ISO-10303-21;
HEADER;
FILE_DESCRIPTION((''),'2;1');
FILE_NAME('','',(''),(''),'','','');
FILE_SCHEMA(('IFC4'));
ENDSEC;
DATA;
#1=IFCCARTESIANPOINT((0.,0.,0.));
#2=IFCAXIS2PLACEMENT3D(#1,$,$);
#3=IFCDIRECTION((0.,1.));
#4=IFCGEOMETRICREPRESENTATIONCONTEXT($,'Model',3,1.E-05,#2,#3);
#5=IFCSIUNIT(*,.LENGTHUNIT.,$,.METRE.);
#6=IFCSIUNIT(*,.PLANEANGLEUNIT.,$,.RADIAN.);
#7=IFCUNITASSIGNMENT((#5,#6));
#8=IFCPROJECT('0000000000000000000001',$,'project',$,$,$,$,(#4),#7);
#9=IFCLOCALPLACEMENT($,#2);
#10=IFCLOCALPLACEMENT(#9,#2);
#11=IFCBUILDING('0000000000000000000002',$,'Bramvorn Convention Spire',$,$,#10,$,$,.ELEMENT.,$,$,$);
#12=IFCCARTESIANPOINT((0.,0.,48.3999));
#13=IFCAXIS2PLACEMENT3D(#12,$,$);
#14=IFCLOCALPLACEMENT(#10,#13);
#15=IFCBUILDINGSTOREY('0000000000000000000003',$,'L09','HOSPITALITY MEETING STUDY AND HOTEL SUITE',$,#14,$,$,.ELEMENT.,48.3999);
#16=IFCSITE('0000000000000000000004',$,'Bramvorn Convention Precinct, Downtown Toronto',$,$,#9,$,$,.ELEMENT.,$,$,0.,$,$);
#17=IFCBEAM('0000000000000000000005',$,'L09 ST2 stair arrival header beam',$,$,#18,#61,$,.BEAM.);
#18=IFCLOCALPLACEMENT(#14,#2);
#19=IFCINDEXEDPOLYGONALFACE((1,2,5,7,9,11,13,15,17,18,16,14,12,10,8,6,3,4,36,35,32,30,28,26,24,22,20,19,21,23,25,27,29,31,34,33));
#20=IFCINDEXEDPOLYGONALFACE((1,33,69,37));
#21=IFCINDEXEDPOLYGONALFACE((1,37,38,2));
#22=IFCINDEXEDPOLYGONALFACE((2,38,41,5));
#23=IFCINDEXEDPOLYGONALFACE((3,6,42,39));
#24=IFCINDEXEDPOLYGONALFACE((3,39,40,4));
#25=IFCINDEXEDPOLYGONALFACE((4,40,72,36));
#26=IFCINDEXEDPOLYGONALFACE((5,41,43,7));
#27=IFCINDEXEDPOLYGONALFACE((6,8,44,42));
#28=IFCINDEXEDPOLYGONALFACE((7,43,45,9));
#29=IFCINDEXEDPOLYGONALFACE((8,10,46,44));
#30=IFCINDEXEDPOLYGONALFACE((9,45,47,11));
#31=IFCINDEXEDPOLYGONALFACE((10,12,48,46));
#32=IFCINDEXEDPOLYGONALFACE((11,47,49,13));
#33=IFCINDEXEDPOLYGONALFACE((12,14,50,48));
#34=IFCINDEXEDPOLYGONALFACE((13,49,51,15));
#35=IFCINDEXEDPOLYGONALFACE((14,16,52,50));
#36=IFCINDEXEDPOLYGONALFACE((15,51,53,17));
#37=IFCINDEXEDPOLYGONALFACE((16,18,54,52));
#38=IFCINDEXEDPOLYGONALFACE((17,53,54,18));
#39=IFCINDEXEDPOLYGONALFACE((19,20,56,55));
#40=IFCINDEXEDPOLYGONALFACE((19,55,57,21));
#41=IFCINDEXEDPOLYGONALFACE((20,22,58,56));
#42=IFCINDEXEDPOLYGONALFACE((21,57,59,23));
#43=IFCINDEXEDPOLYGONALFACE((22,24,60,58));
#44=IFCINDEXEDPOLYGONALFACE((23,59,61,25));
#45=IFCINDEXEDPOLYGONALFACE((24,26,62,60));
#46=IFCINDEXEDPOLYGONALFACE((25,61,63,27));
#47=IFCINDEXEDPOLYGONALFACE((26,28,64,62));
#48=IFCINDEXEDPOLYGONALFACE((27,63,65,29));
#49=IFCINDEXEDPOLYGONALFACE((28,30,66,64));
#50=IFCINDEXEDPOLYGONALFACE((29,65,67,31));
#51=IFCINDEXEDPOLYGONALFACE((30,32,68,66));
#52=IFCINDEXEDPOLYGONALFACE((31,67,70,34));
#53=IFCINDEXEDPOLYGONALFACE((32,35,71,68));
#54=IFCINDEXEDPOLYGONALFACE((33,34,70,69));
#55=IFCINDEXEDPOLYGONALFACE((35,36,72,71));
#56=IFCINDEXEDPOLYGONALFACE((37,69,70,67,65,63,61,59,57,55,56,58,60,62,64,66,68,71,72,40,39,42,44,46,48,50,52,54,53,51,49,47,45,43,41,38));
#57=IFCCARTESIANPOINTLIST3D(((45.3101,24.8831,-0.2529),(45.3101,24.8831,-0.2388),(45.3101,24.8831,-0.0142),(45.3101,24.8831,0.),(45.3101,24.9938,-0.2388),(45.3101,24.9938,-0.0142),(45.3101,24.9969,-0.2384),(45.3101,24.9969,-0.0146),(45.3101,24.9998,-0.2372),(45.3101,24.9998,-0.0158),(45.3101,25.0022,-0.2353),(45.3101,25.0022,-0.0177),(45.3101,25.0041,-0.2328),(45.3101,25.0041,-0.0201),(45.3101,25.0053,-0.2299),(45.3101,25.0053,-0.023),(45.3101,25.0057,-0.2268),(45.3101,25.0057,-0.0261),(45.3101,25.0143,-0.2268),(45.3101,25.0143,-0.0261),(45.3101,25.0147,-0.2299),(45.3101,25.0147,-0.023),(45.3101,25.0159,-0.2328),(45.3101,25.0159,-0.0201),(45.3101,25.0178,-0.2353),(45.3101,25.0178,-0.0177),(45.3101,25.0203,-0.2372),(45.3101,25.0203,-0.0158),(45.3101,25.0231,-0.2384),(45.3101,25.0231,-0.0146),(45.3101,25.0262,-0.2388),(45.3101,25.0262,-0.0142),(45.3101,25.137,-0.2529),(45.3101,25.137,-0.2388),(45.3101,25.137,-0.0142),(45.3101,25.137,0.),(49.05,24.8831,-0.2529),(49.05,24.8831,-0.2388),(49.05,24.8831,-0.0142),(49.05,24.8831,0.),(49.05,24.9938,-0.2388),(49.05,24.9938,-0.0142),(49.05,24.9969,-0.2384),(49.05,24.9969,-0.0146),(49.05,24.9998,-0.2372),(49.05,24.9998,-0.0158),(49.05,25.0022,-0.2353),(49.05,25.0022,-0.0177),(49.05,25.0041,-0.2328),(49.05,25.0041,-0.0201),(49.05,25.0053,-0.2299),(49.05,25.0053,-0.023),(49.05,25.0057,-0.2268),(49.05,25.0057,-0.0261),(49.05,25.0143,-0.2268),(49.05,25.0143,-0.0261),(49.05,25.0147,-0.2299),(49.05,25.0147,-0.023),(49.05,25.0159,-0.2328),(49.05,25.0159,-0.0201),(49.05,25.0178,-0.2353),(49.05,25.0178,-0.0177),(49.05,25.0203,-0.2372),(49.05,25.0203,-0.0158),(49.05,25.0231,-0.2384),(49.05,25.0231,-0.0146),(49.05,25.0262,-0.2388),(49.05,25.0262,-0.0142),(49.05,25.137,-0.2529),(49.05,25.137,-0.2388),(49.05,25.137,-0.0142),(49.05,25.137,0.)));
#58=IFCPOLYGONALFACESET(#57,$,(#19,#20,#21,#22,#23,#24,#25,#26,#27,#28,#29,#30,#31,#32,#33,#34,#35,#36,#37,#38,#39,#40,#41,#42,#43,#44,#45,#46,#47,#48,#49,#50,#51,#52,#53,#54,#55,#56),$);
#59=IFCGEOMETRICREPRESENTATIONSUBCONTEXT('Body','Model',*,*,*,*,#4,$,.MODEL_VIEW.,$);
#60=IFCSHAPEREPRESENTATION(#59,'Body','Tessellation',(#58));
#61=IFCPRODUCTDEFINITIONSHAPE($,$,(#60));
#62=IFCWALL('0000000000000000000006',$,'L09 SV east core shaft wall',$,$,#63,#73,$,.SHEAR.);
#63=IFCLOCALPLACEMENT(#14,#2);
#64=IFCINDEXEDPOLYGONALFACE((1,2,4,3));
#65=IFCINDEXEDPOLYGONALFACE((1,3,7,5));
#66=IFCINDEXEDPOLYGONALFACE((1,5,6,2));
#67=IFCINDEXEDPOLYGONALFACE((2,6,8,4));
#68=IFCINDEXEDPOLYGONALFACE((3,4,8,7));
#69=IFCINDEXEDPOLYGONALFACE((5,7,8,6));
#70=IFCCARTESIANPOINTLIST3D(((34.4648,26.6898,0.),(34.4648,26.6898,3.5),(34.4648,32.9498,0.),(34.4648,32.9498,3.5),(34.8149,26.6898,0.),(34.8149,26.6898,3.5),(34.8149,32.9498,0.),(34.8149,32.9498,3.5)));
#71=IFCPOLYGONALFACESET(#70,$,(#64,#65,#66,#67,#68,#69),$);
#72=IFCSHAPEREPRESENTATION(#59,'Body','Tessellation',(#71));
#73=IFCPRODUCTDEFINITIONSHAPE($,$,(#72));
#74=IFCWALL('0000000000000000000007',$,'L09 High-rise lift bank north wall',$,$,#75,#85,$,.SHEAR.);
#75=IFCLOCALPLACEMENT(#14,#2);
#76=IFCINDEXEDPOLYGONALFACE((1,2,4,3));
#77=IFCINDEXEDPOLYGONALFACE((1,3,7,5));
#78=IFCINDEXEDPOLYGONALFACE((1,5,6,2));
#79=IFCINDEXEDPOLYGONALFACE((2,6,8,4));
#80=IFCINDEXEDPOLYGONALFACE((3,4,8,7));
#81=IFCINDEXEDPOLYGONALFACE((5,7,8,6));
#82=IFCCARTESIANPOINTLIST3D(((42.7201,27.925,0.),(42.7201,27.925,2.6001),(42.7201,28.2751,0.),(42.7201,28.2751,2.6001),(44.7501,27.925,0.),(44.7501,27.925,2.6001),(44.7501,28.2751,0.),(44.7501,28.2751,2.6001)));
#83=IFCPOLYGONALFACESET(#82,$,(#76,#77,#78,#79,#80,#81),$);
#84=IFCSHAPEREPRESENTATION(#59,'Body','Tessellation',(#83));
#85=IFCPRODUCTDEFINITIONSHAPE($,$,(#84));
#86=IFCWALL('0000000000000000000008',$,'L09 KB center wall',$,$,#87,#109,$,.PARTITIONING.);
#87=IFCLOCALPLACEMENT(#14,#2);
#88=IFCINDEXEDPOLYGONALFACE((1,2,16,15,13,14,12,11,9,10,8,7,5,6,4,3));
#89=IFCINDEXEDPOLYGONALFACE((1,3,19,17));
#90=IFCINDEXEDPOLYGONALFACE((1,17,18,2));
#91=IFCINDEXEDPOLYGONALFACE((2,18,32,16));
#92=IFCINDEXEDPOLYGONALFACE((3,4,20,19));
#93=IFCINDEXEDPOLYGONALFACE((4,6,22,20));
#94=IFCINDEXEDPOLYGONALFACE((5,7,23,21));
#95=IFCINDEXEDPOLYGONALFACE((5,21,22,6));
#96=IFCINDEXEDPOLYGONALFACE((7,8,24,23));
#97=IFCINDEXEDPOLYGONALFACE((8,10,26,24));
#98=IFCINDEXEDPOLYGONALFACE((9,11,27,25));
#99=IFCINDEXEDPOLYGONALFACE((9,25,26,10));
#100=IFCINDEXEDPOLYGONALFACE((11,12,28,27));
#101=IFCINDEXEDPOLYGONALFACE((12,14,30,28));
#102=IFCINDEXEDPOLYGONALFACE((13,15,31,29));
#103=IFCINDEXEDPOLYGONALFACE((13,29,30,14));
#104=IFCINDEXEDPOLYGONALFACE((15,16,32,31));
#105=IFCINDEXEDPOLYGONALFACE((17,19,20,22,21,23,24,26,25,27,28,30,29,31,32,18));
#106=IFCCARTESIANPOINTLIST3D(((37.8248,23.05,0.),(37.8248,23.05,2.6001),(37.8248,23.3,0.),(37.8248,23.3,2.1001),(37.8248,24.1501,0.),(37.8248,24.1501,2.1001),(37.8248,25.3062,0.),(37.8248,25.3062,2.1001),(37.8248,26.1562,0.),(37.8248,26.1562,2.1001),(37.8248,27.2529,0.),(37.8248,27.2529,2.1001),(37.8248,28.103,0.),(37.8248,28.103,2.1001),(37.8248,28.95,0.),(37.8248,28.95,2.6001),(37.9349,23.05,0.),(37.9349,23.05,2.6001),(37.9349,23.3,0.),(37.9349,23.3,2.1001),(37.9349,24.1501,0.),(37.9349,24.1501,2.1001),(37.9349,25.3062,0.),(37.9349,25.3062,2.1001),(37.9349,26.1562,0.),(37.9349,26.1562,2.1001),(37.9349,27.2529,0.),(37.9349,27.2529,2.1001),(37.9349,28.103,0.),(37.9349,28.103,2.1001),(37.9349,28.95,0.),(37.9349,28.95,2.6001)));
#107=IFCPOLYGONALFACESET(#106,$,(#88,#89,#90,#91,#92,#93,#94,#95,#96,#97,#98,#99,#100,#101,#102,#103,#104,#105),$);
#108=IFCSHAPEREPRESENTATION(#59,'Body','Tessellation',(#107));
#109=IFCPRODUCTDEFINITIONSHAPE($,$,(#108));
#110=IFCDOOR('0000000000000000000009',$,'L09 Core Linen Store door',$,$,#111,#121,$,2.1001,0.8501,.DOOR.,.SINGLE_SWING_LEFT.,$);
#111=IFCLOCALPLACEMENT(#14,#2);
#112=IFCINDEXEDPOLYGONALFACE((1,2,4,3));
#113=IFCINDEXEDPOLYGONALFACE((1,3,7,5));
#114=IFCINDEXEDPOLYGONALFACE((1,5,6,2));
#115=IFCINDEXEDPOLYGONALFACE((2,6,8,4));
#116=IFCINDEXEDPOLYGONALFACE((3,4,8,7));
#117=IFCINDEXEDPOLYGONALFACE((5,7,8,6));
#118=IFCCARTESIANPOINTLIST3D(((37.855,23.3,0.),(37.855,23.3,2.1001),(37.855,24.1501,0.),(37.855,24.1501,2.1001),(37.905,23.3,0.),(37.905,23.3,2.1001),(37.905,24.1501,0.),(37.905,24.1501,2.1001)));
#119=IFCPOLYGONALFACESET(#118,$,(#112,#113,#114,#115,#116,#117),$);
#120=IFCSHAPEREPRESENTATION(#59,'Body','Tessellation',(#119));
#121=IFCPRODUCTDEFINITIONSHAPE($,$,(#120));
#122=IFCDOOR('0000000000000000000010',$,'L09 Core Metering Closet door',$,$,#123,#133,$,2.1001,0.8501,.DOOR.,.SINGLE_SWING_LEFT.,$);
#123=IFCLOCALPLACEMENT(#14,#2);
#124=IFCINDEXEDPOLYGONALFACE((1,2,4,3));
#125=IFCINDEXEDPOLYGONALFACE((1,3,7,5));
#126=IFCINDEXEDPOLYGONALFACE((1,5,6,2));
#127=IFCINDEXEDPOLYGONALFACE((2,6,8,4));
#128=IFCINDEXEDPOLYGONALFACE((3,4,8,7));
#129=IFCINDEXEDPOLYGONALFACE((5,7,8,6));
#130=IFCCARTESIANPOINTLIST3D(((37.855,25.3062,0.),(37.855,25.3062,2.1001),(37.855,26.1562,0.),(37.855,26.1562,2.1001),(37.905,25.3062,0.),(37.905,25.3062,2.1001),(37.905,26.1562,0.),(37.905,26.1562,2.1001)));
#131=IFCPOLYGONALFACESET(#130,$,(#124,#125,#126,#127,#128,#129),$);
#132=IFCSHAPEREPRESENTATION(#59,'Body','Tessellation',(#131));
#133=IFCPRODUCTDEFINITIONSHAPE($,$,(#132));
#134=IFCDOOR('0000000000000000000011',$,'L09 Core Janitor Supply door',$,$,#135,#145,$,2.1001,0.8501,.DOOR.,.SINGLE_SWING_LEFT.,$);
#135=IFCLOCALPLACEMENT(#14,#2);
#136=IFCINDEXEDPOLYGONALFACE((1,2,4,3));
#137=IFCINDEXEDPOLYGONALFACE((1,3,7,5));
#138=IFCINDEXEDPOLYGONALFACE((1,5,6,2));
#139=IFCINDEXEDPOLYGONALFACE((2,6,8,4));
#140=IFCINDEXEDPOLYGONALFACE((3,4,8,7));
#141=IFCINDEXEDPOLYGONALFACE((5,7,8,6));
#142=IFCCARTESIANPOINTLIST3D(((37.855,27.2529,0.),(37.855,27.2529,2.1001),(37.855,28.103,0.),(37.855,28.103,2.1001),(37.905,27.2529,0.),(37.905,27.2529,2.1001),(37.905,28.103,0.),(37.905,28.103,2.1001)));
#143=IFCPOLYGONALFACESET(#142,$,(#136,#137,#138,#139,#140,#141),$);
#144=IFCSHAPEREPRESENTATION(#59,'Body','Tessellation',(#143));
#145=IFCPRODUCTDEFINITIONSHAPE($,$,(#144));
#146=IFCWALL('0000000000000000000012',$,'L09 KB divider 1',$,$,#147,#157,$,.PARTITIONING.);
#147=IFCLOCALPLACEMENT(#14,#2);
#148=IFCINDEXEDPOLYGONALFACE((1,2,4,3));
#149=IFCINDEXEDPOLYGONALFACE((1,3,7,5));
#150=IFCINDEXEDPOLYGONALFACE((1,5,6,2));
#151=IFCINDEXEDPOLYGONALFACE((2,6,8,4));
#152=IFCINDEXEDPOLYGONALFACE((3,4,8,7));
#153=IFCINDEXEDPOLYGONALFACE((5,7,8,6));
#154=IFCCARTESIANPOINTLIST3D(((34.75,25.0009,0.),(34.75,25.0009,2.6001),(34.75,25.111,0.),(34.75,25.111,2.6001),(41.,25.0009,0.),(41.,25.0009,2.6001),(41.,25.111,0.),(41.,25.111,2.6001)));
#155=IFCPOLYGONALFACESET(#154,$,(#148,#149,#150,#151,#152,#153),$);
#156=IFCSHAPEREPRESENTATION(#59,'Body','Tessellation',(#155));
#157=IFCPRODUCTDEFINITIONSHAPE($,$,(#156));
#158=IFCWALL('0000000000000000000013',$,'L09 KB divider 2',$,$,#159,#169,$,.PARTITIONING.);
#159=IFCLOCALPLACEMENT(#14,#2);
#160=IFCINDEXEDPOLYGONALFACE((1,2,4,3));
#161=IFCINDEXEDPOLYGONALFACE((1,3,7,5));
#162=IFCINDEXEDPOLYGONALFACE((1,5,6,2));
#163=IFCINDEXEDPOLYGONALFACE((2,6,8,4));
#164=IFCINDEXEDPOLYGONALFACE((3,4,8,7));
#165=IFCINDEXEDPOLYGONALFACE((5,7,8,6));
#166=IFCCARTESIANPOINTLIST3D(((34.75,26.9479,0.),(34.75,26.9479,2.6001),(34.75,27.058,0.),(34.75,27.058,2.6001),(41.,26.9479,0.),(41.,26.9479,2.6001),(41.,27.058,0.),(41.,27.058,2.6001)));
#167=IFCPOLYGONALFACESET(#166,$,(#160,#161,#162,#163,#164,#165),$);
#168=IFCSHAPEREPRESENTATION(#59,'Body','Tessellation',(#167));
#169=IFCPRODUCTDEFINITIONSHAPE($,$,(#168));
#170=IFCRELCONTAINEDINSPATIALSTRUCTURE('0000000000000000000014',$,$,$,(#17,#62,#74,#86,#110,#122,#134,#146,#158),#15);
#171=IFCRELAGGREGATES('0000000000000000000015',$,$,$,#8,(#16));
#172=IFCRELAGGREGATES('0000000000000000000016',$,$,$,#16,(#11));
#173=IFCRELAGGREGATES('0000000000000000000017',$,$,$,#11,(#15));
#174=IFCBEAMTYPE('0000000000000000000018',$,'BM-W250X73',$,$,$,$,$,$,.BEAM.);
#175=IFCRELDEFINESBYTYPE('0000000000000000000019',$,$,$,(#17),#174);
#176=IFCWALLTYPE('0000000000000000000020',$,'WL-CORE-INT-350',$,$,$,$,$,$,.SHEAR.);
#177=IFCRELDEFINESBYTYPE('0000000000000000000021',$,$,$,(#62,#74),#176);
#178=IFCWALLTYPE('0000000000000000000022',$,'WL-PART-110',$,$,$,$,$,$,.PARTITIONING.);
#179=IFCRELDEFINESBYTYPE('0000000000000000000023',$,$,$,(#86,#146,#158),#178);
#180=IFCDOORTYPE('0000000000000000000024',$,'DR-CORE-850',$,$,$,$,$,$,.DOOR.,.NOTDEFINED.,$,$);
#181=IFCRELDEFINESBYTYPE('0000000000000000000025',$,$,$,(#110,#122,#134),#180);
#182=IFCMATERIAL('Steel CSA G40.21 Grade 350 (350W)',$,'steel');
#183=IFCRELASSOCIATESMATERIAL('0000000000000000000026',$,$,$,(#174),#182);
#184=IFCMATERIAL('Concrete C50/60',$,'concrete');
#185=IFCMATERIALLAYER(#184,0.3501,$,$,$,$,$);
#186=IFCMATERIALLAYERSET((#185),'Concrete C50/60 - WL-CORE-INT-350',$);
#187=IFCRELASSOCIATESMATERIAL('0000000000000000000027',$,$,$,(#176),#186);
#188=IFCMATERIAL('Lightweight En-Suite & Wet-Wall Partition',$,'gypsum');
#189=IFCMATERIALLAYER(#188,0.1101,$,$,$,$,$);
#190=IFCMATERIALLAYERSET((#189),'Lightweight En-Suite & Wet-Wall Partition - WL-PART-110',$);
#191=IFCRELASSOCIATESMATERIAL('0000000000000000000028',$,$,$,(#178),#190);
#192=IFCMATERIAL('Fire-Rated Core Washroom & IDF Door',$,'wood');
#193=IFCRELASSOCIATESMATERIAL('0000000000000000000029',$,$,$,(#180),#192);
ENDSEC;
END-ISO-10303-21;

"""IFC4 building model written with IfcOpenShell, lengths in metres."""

from ifc_helpers import new_model, si_unit, direction, frame, frame_2d, origin, origin_2d, place, context, subcontext, project, spatial, rectangle, i_section, extrude, material, layer, layer_set, material_profile, profile_set, type_object, element, fill, save


model = new_model("IFC4")

# Units and contexts
model_context = context("Model", 3, precision=1e-05, world=origin(), true_north=direction((0.0, 1.0)))
body_context = subcontext(model_context, "Body", "Model", "MODEL_VIEW")
ifc_project = project(units=[si_unit("LENGTHUNIT", "METRE"), si_unit("PLANEANGLEUNIT", "RADIAN")], contexts=[model_context])

# Site, building, storey
site_placement = place(None, origin())
site = spatial("IfcSite", under=ifc_project, at=site_placement, Name="Bramvorn Convention Precinct, Downtown Toronto", CompositionType="ELEMENT", RefElevation=0.0)
building_placement = place(site_placement, origin())
building = spatial("IfcBuilding", under=site, at=building_placement, Name="Bramvorn Convention Spire", CompositionType="ELEMENT")
storey_placement = place(building_placement, frame((0.0, 0.0, 48.3999)))
storey = spatial("IfcBuildingStorey", under=building, at=storey_placement, Name="L09", Description="HOSPITALITY MEETING STUDY AND HOTEL SUITE", CompositionType="ELEMENT", Elevation=48.3999)

# Beam
ifc_material_1 = material(Name="Steel CSA G40.21 Grade 350 (350W)", Category="steel")
ifc_material_profile = material_profile(ifc_material_1, i_section(OverallWidth=0.2539, OverallDepth=0.2529, WebThickness=0.0085, FlangeThickness=0.0142, FilletRadius=0.012, at=origin_2d()))
ifc_profile_set = profile_set([ifc_material_profile], Name="Steel CSA G40.21 Grade 350 (350W) - W250X73")
beam_type = type_object("IfcBeamType", Name="BM-W250X73", PredefinedType="BEAM", material=ifc_profile_set)
beam_placement = place(storey_placement, frame((45.3101, 25.01, -0.1265), z_axis=(1.0, 0.0, 0.0), x_axis=(0.0, 1.0, 0.0)))
element("IfcBeam", 1, at=beam_placement, inside=storey, type_object=beam_type, Name="L09 ST2 stair arrival header beam", PredefinedType="BEAM", context=body_context, shape_type="SweptSolid", body=[
    extrude(i_section(OverallWidth=0.2539, OverallDepth=0.2529, WebThickness=0.0085, FlangeThickness=0.0142, FilletRadius=0.012, at=origin_2d()), origin(), (0.0, 0.0, 1.0), 3.74),
])

# Walls
ifc_material_2 = material(Name="Concrete C50/60", Category="concrete")
ifc_layer_1 = layer(ifc_material_2, 0.3501)
ifc_layer_set_1 = layer_set([ifc_layer_1], Name="Concrete C50/60 - WL-CORE-INT-350")
wall_type_1 = type_object("IfcWallType", Name="WL-CORE-INT-350", PredefinedType="SHEAR", material=ifc_layer_set_1)
wall_1_placement = place(storey_placement, frame((34.6399, 26.6899, 0.0), z_axis=(0.0, 0.0, 1.0), x_axis=(0.0, 1.0, 0.0)))
element("IfcWall", 2, at=wall_1_placement, inside=storey, type_object=wall_type_1, Name="L09 SV east core shaft wall", PredefinedType="SHEAR", context=body_context, shape_type="SweptSolid", body=[
    extrude(rectangle(XDim=6.26, YDim=0.3501, at=frame_2d((3.1299, 0.0))), origin(), (0.0, 0.0, 1.0), 3.5),
])
wall_2_placement = place(storey_placement, frame((42.72, 28.1001, 0.0), z_axis=(0.0, 0.0, 1.0), x_axis=(1.0, 0.0, 0.0)))
element("IfcWall", 3, at=wall_2_placement, inside=storey, type_object=wall_type_1, Name="L09 High-rise lift bank north wall", PredefinedType="SHEAR", context=body_context, shape_type="SweptSolid", body=[
    extrude(rectangle(XDim=2.03, YDim=0.3501, at=frame_2d((1.0151, 0.0))), origin(), (0.0, 0.0, 1.0), 2.6001),
])

# Wall, openings, doors
ifc_material_3 = material(Name="Lightweight En-Suite & Wet-Wall Partition", Category="gypsum")
ifc_layer_2 = layer(ifc_material_3, 0.1101)
ifc_layer_set_2 = layer_set([ifc_layer_2], Name="Lightweight En-Suite & Wet-Wall Partition - WL-PART-110")
wall_type_2 = type_object("IfcWallType", Name="WL-PART-110", PredefinedType="PARTITIONING", material=ifc_layer_set_2)
wall_3_placement = place(storey_placement, frame((37.8799, 23.05, 0.0), z_axis=(0.0, 0.0, 1.0), x_axis=(0.0, 1.0, 0.0)))
wall_3 = element("IfcWall", 4, at=wall_3_placement, inside=storey, type_object=wall_type_2, Name="L09 KB center wall", PredefinedType="PARTITIONING", context=body_context, shape_type="SweptSolid", body=[
    extrude(rectangle(XDim=5.8999, YDim=0.1101, at=frame_2d((2.95, 0.0))), origin(), (0.0, 0.0, 1.0), 2.6001),
])
opening_1_placement = place(wall_3_placement, frame((0.25, 0.0, 0.0)))
opening_1 = element("IfcOpeningElement", 5, at=opening_1_placement, cuts=wall_3, PredefinedType="OPENING", context=body_context, shape_type="SweptSolid", body=[
    extrude(rectangle(XDim=0.8501, YDim=2.1001, at=frame_2d((0.425, 1.05))), frame((0.0, 0.0649, 0.0), z_axis=(0.0, -1.0, 0.0), x_axis=(1.0, 0.0, 0.0)), (0.0, 0.0, 1.0), 0.1301),
])
opening_2_placement = place(wall_3_placement, frame((2.2561, 0.0, 0.0)))
opening_2 = element("IfcOpeningElement", 6, at=opening_2_placement, cuts=wall_3, PredefinedType="OPENING", context=body_context, shape_type="SweptSolid", body=[
    extrude(rectangle(XDim=0.8501, YDim=2.1001, at=frame_2d((0.425, 1.05))), frame((0.0, 0.0649, 0.0), z_axis=(0.0, -1.0, 0.0), x_axis=(1.0, 0.0, 0.0)), (0.0, 0.0, 1.0), 0.1301),
])
opening_3_placement = place(wall_3_placement, frame((4.2029, 0.0, 0.0)))
opening_3 = element("IfcOpeningElement", 7, at=opening_3_placement, cuts=wall_3, PredefinedType="OPENING", context=body_context, shape_type="SweptSolid", body=[
    extrude(rectangle(XDim=0.8501, YDim=2.1001, at=frame_2d((0.425, 1.05))), frame((0.0, 0.0649, 0.0), z_axis=(0.0, -1.0, 0.0), x_axis=(1.0, 0.0, 0.0)), (0.0, 0.0, 1.0), 0.1301),
])
ifc_material_4 = material(Name="Fire-Rated Core Washroom & IDF Door", Category="wood")
door_type_1 = type_object("IfcDoorType", Name="DR-CORE-850", OperationType="NOTDEFINED", PredefinedType="DOOR", material=ifc_material_4)
door_1_placement = place(opening_1_placement, origin())
door_1 = element("IfcDoor", 8, at=door_1_placement, inside=storey, type_object=door_type_1, Name="L09 Core Linen Store door", OperationType="SINGLE_SWING_LEFT", OverallHeight=2.1001, OverallWidth=0.8501, PredefinedType="DOOR", context=body_context, shape_type="SweptSolid", body=[
    extrude(rectangle(XDim=0.8501, YDim=2.1001, at=frame_2d((0.425, 1.05))), frame((0.0, 0.0249, 0.0), z_axis=(0.0, -1.0, 0.0), x_axis=(1.0, 0.0, 0.0)), (0.0, 0.0, 1.0), 0.05),
])
fill(opening_1, door_1)
door_2_placement = place(opening_2_placement, origin())
door_2 = element("IfcDoor", 9, at=door_2_placement, inside=storey, type_object=door_type_1, Name="L09 Core Metering Closet door", OperationType="SINGLE_SWING_LEFT", OverallHeight=2.1001, OverallWidth=0.8501, PredefinedType="DOOR", context=body_context, shape_type="SweptSolid", body=[
    extrude(rectangle(XDim=0.8501, YDim=2.1001, at=frame_2d((0.425, 1.05))), frame((0.0, 0.0249, 0.0), z_axis=(0.0, -1.0, 0.0), x_axis=(1.0, 0.0, 0.0)), (0.0, 0.0, 1.0), 0.05),
])
fill(opening_2, door_2)
door_3_placement = place(opening_3_placement, origin())
door_3 = element("IfcDoor", 10, at=door_3_placement, inside=storey, type_object=door_type_1, Name="L09 Core Janitor Supply door", OperationType="SINGLE_SWING_LEFT", OverallHeight=2.1001, OverallWidth=0.8501, PredefinedType="DOOR", context=body_context, shape_type="SweptSolid", body=[
    extrude(rectangle(XDim=0.8501, YDim=2.1001, at=frame_2d((0.425, 1.05))), frame((0.0, 0.0249, 0.0), z_axis=(0.0, -1.0, 0.0), x_axis=(1.0, 0.0, 0.0)), (0.0, 0.0, 1.0), 0.05),
])
fill(opening_3, door_3)

# Walls
for number, where, z_axis, x_axis, name in (
    (11, (34.75, 25.0559, 0.0), (0.0, 0.0, 1.0), (1.0, 0.0, 0.0), "L09 KB divider 1"),
    (12, (34.75, 27.0029, 0.0), (0.0, 0.0, 1.0), (1.0, 0.0, 0.0), "L09 KB divider 2"),
):
    element("IfcWall", number, at=place(storey_placement, frame(where, z_axis=z_axis, x_axis=x_axis)), inside=storey, type_object=wall_type_2, Name=name, PredefinedType="PARTITIONING", context=body_context, shape_type="SweptSolid", body=[
        extrude(rectangle(XDim=6.25, YDim=0.1101, at=frame_2d((3.125, 0.0))), origin(), (0.0, 0.0, 1.0), 2.6001),
    ])

save(model, "model.ifc")
